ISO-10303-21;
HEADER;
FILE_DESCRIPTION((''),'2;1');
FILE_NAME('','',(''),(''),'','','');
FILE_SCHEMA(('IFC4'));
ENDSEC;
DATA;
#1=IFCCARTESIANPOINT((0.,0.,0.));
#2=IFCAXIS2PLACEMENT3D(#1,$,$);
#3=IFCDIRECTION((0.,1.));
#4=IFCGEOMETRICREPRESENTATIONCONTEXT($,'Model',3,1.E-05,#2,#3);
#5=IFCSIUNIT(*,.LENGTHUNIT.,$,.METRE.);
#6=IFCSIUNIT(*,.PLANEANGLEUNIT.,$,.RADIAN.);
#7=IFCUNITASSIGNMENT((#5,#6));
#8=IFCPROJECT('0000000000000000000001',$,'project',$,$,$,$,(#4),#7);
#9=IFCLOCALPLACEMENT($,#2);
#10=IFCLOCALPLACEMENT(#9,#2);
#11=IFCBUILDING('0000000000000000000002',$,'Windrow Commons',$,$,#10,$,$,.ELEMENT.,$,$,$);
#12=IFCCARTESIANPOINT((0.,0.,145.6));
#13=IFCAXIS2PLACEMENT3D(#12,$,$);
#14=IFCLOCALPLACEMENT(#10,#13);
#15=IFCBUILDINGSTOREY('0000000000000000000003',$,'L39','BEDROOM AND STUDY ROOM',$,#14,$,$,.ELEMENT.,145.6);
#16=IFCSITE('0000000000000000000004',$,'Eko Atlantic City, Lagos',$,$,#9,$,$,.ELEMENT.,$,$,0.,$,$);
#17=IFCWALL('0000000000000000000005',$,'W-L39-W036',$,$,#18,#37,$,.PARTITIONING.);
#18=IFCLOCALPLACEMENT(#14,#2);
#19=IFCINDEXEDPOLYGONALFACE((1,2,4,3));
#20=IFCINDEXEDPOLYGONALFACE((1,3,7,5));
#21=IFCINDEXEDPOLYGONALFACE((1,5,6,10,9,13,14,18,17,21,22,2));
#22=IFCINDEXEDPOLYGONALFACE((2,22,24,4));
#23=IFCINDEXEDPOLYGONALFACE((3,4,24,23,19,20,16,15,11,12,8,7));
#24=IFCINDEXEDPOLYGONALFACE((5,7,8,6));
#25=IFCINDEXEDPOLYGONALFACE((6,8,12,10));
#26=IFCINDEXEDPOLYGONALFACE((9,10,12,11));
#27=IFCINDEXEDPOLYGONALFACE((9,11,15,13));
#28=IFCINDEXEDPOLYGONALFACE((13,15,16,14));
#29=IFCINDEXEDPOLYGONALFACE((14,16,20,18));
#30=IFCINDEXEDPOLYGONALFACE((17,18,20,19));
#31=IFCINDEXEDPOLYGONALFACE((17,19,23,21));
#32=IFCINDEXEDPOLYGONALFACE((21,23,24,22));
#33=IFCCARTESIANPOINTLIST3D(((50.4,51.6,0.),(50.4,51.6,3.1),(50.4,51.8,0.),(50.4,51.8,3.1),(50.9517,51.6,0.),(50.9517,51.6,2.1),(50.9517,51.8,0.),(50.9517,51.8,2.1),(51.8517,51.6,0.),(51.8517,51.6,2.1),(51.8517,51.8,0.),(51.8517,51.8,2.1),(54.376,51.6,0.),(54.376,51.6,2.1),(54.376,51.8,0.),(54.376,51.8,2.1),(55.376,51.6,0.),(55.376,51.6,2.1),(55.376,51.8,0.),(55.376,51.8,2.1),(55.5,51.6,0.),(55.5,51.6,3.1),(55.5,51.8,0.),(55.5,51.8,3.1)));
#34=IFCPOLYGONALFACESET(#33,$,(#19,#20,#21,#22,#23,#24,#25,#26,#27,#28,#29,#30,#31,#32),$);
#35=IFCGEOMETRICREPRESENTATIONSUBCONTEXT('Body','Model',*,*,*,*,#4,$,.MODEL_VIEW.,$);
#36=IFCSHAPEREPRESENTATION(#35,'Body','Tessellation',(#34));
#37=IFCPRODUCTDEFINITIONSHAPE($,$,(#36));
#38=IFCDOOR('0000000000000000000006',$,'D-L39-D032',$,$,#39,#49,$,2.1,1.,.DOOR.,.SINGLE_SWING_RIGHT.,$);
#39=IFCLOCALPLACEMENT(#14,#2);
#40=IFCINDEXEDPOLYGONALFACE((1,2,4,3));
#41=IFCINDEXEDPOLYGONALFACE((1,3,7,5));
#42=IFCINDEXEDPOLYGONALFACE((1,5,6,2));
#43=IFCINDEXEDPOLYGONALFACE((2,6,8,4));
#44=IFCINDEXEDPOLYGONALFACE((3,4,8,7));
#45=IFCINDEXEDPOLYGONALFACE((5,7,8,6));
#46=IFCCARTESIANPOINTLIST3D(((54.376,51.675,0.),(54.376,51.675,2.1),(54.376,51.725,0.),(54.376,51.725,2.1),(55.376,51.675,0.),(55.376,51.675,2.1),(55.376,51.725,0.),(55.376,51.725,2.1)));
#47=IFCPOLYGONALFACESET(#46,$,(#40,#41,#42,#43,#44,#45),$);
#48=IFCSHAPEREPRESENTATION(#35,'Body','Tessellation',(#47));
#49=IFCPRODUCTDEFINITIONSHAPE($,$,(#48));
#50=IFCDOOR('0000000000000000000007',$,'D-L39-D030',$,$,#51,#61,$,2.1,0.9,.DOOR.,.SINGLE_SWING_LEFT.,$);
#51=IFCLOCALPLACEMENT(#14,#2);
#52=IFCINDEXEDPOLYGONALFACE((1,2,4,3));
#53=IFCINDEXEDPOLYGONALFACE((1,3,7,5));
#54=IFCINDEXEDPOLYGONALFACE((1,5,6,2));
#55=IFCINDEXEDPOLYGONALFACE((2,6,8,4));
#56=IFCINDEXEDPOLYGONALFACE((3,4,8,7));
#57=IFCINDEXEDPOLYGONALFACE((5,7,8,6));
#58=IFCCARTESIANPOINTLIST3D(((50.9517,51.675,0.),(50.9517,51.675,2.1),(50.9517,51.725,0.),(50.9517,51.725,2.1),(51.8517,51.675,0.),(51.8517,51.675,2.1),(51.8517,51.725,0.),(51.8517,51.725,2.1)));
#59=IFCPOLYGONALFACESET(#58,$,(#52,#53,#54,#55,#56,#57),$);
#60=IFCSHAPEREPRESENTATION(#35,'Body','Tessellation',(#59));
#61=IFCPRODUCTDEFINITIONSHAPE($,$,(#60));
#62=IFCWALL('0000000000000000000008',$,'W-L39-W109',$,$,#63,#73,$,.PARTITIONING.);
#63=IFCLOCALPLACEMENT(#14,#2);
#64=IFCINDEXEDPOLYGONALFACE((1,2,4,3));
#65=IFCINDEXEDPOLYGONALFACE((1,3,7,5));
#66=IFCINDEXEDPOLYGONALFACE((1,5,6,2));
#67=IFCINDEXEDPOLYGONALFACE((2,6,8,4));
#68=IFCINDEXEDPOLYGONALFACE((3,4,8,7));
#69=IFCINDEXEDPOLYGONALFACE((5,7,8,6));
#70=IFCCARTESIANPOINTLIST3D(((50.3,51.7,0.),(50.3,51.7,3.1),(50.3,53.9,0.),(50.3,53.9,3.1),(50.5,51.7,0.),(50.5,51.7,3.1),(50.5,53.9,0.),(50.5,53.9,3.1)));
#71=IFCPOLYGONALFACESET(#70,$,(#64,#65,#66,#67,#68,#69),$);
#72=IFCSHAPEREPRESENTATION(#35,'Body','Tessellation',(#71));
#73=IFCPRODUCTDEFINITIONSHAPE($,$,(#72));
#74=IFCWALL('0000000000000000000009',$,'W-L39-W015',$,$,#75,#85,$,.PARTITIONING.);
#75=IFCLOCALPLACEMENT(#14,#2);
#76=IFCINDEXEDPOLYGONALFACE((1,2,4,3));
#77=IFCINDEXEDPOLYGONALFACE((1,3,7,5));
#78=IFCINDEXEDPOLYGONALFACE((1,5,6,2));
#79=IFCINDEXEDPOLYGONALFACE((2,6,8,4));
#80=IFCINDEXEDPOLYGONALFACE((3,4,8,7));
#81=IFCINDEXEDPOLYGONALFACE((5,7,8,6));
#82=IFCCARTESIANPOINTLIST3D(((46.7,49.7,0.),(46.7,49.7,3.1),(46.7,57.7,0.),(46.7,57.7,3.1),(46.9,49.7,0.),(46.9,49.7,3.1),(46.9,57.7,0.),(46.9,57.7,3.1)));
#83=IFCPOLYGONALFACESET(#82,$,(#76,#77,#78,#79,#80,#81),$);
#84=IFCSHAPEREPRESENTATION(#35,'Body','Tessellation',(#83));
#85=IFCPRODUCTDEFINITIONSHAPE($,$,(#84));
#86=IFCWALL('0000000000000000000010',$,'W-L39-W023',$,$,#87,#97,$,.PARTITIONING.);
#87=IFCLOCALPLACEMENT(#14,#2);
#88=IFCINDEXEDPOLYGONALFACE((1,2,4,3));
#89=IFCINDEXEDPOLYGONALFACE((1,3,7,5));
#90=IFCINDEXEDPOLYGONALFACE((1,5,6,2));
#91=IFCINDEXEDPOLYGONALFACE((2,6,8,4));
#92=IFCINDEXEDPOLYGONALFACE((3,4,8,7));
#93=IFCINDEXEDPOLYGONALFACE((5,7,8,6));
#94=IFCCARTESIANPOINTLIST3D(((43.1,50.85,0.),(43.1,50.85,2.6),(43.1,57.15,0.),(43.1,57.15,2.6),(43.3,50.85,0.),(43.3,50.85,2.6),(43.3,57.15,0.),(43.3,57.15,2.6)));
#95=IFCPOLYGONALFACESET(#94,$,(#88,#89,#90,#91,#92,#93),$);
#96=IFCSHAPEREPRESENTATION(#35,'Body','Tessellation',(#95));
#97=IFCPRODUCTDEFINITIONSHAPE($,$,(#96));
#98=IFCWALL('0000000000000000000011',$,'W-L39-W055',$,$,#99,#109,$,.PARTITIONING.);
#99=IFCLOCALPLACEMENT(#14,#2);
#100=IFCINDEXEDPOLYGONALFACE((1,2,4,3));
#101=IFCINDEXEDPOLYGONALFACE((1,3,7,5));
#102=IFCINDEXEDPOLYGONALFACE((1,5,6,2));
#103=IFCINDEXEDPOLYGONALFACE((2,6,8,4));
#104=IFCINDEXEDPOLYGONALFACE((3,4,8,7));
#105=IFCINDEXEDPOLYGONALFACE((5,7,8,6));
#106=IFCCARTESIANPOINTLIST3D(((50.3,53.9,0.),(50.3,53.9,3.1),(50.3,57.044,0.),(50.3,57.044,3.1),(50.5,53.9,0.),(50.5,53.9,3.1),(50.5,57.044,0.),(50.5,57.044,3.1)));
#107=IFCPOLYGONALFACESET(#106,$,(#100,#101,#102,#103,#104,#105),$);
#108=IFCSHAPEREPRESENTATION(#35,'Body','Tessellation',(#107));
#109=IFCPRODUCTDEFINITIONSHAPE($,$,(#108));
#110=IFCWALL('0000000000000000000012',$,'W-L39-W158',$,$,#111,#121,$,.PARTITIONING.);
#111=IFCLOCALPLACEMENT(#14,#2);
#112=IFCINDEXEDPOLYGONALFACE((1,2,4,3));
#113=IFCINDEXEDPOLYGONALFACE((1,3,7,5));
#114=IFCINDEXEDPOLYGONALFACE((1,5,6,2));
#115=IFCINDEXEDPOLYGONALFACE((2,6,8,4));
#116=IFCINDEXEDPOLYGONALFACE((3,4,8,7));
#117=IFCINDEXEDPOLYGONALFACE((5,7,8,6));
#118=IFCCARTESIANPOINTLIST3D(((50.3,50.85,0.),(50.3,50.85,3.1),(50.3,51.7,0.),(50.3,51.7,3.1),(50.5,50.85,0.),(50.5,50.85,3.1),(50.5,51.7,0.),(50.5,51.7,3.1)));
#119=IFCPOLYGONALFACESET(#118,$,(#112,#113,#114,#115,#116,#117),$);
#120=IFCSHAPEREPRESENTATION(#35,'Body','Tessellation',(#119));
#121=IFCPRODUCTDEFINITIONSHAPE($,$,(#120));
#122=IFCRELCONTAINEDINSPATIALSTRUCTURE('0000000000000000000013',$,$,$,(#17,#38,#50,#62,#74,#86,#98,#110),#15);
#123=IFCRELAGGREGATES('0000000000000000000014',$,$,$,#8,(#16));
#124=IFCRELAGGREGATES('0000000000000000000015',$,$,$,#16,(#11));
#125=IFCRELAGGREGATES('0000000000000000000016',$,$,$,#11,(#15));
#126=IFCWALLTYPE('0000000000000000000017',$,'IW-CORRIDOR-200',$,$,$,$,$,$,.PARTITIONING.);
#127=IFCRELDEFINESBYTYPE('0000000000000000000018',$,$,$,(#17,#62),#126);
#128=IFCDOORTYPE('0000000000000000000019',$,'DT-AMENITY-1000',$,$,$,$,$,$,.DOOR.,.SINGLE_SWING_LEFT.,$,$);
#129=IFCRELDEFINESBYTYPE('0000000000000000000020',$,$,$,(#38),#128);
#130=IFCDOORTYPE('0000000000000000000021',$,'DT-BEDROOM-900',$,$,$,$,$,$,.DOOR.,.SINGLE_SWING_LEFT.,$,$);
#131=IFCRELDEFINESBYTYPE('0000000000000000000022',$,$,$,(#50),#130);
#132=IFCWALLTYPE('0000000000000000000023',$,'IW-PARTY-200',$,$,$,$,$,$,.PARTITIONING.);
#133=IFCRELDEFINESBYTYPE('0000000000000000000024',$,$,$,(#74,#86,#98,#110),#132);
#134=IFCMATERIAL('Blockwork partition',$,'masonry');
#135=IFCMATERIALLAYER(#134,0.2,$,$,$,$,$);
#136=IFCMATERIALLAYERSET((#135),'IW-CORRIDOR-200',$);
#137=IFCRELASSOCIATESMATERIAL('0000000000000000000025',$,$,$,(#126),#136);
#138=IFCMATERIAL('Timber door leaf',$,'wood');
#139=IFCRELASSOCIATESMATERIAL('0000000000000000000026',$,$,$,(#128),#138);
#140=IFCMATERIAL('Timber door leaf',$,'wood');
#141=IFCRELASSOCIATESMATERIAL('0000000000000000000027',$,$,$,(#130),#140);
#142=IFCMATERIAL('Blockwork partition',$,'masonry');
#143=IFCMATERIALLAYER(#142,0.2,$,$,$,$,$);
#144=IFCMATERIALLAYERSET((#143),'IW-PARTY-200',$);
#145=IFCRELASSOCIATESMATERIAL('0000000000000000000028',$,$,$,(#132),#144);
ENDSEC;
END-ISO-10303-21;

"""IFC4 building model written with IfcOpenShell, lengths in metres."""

from ifc_helpers import new_model, si_unit, direction, frame, frame_2d, origin, place, context, subcontext, project, spatial, rectangle, extrude, material, layer, layer_set, type_object, element, fill, save


model = new_model("IFC4")

# Units and contexts
model_context = context("Model", 3, precision=1e-05, world=origin(), true_north=direction((0.0, 1.0)))
body_context = subcontext(model_context, "Body", "Model", "MODEL_VIEW")
ifc_project = project(units=[si_unit("LENGTHUNIT", "METRE"), si_unit("PLANEANGLEUNIT", "RADIAN")], contexts=[model_context])

# Site, building, storey
site_placement = place(None, origin())
site = spatial("IfcSite", under=ifc_project, at=site_placement, Name="Eko Atlantic City, Lagos", CompositionType="ELEMENT", RefElevation=0.0)
building_placement = place(site_placement, origin())
building = spatial("IfcBuilding", under=site, at=building_placement, Name="Windrow Commons", CompositionType="ELEMENT")
storey_placement = place(building_placement, frame((0.0, 0.0, 145.6)))
storey = spatial("IfcBuildingStorey", under=building, at=storey_placement, Name="L39", Description="BEDROOM AND STUDY ROOM", CompositionType="ELEMENT", Elevation=145.6)

# Wall, openings, doors
ifc_material_1 = material(Name="Blockwork partition", Category="masonry")
ifc_layer_1 = layer(ifc_material_1, 0.2)
ifc_layer_set_1 = layer_set([ifc_layer_1], Name="IW-CORRIDOR-200")
wall_type_1 = type_object("IfcWallType", Name="IW-CORRIDOR-200", PredefinedType="PARTITIONING", material=ifc_layer_set_1)
wall_1_placement = place(storey_placement, frame((50.4, 51.7, 0.0), z_axis=(0.0, 0.0, 1.0), x_axis=(1.0, 0.0, 0.0)))
wall_1 = element("IfcWall", 1, at=wall_1_placement, inside=storey, type_object=wall_type_1, Name="W-L39-W036", PredefinedType="PARTITIONING", context=body_context, shape_type="SweptSolid", body=[
    extrude(rectangle(XDim=5.1, YDim=0.2, at=frame_2d((2.55, 0.0))), origin(), (0.0, 0.0, 1.0), 3.1),
])
opening_1_placement = place(wall_1_placement, frame((0.5517, 0.0, 0.0)))
opening_1 = element("IfcOpeningElement", 2, at=opening_1_placement, cuts=wall_1, PredefinedType="OPENING", context=body_context, shape_type="SweptSolid", body=[
    extrude(rectangle(XDim=0.9, YDim=2.1, at=frame_2d((0.45, 1.05))), frame((0.0, 0.11, 0.0), z_axis=(0.0, -1.0, 0.0), x_axis=(1.0, 0.0, 0.0)), (0.0, 0.0, 1.0), 0.22),
])
opening_2_placement = place(wall_1_placement, frame((3.976, 0.0, 0.0)))
opening_2 = element("IfcOpeningElement", 3, at=opening_2_placement, cuts=wall_1, PredefinedType="OPENING", context=body_context, shape_type="SweptSolid", body=[
    extrude(rectangle(XDim=1.0, YDim=2.1, at=frame_2d((0.5, 1.05))), frame((0.0, 0.11, 0.0), z_axis=(0.0, -1.0, 0.0), x_axis=(1.0, 0.0, 0.0)), (0.0, 0.0, 1.0), 0.22),
])
ifc_material_2 = material(Name="Timber door leaf", Category="wood")
door_type_1 = type_object("IfcDoorType", Name="DT-AMENITY-1000", OperationType="SINGLE_SWING_LEFT", PredefinedType="DOOR", material=ifc_material_2)
door_1_placement = place(opening_2_placement, origin())
door_1 = element("IfcDoor", 4, at=door_1_placement, inside=storey, type_object=door_type_1, Name="D-L39-D032", OperationType="SINGLE_SWING_RIGHT", OverallHeight=2.1, OverallWidth=1.0, PredefinedType="DOOR", context=body_context, shape_type="SweptSolid", body=[
    extrude(rectangle(XDim=1.0, YDim=2.1, at=frame_2d((0.5, 1.05))), frame((0.0, 0.025, 0.0), z_axis=(0.0, -1.0, 0.0), x_axis=(1.0, 0.0, 0.0)), (0.0, 0.0, 1.0), 0.05),
])
fill(opening_2, door_1)
ifc_material_3 = material(Name="Timber door leaf", Category="wood")
door_type_2 = type_object("IfcDoorType", Name="DT-BEDROOM-900", OperationType="SINGLE_SWING_LEFT", PredefinedType="DOOR", material=ifc_material_3)
door_2_placement = place(opening_1_placement, origin())
door_2 = element("IfcDoor", 5, at=door_2_placement, inside=storey, type_object=door_type_2, Name="D-L39-D030", OperationType="SINGLE_SWING_LEFT", OverallHeight=2.1, OverallWidth=0.9, PredefinedType="DOOR", context=body_context, shape_type="SweptSolid", body=[
    extrude(rectangle(XDim=0.9, YDim=2.1, at=frame_2d((0.45, 1.05))), frame((0.0, 0.025, 0.0), z_axis=(0.0, -1.0, 0.0), x_axis=(1.0, 0.0, 0.0)), (0.0, 0.0, 1.0), 0.05),
])
fill(opening_1, door_2)

# Walls
wall_2_placement = place(storey_placement, frame((50.4, 51.7, 0.0), z_axis=(0.0, 0.0, 1.0), x_axis=(0.0, 1.0, 0.0)))
element("IfcWall", 6, at=wall_2_placement, inside=storey, type_object=wall_type_1, Name="W-L39-W109", PredefinedType="PARTITIONING", context=body_context, shape_type="SweptSolid", body=[
    extrude(rectangle(XDim=2.2, YDim=0.2, at=frame_2d((1.1, 0.0))), origin(), (0.0, 0.0, 1.0), 3.1),
])
ifc_material_4 = material(Name="Blockwork partition", Category="masonry")
ifc_layer_2 = layer(ifc_material_4, 0.2)
ifc_layer_set_2 = layer_set([ifc_layer_2], Name="IW-PARTY-200")
wall_type_2 = type_object("IfcWallType", Name="IW-PARTY-200", PredefinedType="PARTITIONING", material=ifc_layer_set_2)
wall_3_placement = place(storey_placement, frame((46.8, 49.7, 0.0), z_axis=(0.0, 0.0, 1.0), x_axis=(0.0, 1.0, 0.0)))
element("IfcWall", 7, at=wall_3_placement, inside=storey, type_object=wall_type_2, Name="W-L39-W015", PredefinedType="PARTITIONING", context=body_context, shape_type="SweptSolid", body=[
    extrude(rectangle(XDim=8.0, YDim=0.2, at=frame_2d((4.0, 0.0))), origin(), (0.0, 0.0, 1.0), 3.1),
])
wall_4_placement = place(storey_placement, frame((43.2, 50.85, 0.0), z_axis=(0.0, 0.0, 1.0), x_axis=(0.0, 1.0, 0.0)))
element("IfcWall", 8, at=wall_4_placement, inside=storey, type_object=wall_type_2, Name="W-L39-W023", PredefinedType="PARTITIONING", context=body_context, shape_type="SweptSolid", body=[
    extrude(rectangle(XDim=6.3, YDim=0.2, at=frame_2d((3.15, 0.0))), origin(), (0.0, 0.0, 1.0), 2.6),
])
wall_5_placement = place(storey_placement, frame((50.4, 53.9, 0.0), z_axis=(0.0, 0.0, 1.0), x_axis=(0.0, 1.0, 0.0)))
element("IfcWall", 9, at=wall_5_placement, inside=storey, type_object=wall_type_2, Name="W-L39-W055", PredefinedType="PARTITIONING", context=body_context, shape_type="SweptSolid", body=[
    extrude(rectangle(XDim=3.144, YDim=0.2, at=frame_2d((1.572, 0.0))), origin(), (0.0, 0.0, 1.0), 3.1),
])
wall_6_placement = place(storey_placement, frame((50.4, 50.85, 0.0), z_axis=(0.0, 0.0, 1.0), x_axis=(0.0, 1.0, 0.0)))
element("IfcWall", 10, at=wall_6_placement, inside=storey, type_object=wall_type_2, Name="W-L39-W158", PredefinedType="PARTITIONING", context=body_context, shape_type="SweptSolid", body=[
    extrude(rectangle(XDim=0.85, YDim=0.2, at=frame_2d((0.425, 0.0))), origin(), (0.0, 0.0, 1.0), 3.1),
])

save(model, "model.ifc")
